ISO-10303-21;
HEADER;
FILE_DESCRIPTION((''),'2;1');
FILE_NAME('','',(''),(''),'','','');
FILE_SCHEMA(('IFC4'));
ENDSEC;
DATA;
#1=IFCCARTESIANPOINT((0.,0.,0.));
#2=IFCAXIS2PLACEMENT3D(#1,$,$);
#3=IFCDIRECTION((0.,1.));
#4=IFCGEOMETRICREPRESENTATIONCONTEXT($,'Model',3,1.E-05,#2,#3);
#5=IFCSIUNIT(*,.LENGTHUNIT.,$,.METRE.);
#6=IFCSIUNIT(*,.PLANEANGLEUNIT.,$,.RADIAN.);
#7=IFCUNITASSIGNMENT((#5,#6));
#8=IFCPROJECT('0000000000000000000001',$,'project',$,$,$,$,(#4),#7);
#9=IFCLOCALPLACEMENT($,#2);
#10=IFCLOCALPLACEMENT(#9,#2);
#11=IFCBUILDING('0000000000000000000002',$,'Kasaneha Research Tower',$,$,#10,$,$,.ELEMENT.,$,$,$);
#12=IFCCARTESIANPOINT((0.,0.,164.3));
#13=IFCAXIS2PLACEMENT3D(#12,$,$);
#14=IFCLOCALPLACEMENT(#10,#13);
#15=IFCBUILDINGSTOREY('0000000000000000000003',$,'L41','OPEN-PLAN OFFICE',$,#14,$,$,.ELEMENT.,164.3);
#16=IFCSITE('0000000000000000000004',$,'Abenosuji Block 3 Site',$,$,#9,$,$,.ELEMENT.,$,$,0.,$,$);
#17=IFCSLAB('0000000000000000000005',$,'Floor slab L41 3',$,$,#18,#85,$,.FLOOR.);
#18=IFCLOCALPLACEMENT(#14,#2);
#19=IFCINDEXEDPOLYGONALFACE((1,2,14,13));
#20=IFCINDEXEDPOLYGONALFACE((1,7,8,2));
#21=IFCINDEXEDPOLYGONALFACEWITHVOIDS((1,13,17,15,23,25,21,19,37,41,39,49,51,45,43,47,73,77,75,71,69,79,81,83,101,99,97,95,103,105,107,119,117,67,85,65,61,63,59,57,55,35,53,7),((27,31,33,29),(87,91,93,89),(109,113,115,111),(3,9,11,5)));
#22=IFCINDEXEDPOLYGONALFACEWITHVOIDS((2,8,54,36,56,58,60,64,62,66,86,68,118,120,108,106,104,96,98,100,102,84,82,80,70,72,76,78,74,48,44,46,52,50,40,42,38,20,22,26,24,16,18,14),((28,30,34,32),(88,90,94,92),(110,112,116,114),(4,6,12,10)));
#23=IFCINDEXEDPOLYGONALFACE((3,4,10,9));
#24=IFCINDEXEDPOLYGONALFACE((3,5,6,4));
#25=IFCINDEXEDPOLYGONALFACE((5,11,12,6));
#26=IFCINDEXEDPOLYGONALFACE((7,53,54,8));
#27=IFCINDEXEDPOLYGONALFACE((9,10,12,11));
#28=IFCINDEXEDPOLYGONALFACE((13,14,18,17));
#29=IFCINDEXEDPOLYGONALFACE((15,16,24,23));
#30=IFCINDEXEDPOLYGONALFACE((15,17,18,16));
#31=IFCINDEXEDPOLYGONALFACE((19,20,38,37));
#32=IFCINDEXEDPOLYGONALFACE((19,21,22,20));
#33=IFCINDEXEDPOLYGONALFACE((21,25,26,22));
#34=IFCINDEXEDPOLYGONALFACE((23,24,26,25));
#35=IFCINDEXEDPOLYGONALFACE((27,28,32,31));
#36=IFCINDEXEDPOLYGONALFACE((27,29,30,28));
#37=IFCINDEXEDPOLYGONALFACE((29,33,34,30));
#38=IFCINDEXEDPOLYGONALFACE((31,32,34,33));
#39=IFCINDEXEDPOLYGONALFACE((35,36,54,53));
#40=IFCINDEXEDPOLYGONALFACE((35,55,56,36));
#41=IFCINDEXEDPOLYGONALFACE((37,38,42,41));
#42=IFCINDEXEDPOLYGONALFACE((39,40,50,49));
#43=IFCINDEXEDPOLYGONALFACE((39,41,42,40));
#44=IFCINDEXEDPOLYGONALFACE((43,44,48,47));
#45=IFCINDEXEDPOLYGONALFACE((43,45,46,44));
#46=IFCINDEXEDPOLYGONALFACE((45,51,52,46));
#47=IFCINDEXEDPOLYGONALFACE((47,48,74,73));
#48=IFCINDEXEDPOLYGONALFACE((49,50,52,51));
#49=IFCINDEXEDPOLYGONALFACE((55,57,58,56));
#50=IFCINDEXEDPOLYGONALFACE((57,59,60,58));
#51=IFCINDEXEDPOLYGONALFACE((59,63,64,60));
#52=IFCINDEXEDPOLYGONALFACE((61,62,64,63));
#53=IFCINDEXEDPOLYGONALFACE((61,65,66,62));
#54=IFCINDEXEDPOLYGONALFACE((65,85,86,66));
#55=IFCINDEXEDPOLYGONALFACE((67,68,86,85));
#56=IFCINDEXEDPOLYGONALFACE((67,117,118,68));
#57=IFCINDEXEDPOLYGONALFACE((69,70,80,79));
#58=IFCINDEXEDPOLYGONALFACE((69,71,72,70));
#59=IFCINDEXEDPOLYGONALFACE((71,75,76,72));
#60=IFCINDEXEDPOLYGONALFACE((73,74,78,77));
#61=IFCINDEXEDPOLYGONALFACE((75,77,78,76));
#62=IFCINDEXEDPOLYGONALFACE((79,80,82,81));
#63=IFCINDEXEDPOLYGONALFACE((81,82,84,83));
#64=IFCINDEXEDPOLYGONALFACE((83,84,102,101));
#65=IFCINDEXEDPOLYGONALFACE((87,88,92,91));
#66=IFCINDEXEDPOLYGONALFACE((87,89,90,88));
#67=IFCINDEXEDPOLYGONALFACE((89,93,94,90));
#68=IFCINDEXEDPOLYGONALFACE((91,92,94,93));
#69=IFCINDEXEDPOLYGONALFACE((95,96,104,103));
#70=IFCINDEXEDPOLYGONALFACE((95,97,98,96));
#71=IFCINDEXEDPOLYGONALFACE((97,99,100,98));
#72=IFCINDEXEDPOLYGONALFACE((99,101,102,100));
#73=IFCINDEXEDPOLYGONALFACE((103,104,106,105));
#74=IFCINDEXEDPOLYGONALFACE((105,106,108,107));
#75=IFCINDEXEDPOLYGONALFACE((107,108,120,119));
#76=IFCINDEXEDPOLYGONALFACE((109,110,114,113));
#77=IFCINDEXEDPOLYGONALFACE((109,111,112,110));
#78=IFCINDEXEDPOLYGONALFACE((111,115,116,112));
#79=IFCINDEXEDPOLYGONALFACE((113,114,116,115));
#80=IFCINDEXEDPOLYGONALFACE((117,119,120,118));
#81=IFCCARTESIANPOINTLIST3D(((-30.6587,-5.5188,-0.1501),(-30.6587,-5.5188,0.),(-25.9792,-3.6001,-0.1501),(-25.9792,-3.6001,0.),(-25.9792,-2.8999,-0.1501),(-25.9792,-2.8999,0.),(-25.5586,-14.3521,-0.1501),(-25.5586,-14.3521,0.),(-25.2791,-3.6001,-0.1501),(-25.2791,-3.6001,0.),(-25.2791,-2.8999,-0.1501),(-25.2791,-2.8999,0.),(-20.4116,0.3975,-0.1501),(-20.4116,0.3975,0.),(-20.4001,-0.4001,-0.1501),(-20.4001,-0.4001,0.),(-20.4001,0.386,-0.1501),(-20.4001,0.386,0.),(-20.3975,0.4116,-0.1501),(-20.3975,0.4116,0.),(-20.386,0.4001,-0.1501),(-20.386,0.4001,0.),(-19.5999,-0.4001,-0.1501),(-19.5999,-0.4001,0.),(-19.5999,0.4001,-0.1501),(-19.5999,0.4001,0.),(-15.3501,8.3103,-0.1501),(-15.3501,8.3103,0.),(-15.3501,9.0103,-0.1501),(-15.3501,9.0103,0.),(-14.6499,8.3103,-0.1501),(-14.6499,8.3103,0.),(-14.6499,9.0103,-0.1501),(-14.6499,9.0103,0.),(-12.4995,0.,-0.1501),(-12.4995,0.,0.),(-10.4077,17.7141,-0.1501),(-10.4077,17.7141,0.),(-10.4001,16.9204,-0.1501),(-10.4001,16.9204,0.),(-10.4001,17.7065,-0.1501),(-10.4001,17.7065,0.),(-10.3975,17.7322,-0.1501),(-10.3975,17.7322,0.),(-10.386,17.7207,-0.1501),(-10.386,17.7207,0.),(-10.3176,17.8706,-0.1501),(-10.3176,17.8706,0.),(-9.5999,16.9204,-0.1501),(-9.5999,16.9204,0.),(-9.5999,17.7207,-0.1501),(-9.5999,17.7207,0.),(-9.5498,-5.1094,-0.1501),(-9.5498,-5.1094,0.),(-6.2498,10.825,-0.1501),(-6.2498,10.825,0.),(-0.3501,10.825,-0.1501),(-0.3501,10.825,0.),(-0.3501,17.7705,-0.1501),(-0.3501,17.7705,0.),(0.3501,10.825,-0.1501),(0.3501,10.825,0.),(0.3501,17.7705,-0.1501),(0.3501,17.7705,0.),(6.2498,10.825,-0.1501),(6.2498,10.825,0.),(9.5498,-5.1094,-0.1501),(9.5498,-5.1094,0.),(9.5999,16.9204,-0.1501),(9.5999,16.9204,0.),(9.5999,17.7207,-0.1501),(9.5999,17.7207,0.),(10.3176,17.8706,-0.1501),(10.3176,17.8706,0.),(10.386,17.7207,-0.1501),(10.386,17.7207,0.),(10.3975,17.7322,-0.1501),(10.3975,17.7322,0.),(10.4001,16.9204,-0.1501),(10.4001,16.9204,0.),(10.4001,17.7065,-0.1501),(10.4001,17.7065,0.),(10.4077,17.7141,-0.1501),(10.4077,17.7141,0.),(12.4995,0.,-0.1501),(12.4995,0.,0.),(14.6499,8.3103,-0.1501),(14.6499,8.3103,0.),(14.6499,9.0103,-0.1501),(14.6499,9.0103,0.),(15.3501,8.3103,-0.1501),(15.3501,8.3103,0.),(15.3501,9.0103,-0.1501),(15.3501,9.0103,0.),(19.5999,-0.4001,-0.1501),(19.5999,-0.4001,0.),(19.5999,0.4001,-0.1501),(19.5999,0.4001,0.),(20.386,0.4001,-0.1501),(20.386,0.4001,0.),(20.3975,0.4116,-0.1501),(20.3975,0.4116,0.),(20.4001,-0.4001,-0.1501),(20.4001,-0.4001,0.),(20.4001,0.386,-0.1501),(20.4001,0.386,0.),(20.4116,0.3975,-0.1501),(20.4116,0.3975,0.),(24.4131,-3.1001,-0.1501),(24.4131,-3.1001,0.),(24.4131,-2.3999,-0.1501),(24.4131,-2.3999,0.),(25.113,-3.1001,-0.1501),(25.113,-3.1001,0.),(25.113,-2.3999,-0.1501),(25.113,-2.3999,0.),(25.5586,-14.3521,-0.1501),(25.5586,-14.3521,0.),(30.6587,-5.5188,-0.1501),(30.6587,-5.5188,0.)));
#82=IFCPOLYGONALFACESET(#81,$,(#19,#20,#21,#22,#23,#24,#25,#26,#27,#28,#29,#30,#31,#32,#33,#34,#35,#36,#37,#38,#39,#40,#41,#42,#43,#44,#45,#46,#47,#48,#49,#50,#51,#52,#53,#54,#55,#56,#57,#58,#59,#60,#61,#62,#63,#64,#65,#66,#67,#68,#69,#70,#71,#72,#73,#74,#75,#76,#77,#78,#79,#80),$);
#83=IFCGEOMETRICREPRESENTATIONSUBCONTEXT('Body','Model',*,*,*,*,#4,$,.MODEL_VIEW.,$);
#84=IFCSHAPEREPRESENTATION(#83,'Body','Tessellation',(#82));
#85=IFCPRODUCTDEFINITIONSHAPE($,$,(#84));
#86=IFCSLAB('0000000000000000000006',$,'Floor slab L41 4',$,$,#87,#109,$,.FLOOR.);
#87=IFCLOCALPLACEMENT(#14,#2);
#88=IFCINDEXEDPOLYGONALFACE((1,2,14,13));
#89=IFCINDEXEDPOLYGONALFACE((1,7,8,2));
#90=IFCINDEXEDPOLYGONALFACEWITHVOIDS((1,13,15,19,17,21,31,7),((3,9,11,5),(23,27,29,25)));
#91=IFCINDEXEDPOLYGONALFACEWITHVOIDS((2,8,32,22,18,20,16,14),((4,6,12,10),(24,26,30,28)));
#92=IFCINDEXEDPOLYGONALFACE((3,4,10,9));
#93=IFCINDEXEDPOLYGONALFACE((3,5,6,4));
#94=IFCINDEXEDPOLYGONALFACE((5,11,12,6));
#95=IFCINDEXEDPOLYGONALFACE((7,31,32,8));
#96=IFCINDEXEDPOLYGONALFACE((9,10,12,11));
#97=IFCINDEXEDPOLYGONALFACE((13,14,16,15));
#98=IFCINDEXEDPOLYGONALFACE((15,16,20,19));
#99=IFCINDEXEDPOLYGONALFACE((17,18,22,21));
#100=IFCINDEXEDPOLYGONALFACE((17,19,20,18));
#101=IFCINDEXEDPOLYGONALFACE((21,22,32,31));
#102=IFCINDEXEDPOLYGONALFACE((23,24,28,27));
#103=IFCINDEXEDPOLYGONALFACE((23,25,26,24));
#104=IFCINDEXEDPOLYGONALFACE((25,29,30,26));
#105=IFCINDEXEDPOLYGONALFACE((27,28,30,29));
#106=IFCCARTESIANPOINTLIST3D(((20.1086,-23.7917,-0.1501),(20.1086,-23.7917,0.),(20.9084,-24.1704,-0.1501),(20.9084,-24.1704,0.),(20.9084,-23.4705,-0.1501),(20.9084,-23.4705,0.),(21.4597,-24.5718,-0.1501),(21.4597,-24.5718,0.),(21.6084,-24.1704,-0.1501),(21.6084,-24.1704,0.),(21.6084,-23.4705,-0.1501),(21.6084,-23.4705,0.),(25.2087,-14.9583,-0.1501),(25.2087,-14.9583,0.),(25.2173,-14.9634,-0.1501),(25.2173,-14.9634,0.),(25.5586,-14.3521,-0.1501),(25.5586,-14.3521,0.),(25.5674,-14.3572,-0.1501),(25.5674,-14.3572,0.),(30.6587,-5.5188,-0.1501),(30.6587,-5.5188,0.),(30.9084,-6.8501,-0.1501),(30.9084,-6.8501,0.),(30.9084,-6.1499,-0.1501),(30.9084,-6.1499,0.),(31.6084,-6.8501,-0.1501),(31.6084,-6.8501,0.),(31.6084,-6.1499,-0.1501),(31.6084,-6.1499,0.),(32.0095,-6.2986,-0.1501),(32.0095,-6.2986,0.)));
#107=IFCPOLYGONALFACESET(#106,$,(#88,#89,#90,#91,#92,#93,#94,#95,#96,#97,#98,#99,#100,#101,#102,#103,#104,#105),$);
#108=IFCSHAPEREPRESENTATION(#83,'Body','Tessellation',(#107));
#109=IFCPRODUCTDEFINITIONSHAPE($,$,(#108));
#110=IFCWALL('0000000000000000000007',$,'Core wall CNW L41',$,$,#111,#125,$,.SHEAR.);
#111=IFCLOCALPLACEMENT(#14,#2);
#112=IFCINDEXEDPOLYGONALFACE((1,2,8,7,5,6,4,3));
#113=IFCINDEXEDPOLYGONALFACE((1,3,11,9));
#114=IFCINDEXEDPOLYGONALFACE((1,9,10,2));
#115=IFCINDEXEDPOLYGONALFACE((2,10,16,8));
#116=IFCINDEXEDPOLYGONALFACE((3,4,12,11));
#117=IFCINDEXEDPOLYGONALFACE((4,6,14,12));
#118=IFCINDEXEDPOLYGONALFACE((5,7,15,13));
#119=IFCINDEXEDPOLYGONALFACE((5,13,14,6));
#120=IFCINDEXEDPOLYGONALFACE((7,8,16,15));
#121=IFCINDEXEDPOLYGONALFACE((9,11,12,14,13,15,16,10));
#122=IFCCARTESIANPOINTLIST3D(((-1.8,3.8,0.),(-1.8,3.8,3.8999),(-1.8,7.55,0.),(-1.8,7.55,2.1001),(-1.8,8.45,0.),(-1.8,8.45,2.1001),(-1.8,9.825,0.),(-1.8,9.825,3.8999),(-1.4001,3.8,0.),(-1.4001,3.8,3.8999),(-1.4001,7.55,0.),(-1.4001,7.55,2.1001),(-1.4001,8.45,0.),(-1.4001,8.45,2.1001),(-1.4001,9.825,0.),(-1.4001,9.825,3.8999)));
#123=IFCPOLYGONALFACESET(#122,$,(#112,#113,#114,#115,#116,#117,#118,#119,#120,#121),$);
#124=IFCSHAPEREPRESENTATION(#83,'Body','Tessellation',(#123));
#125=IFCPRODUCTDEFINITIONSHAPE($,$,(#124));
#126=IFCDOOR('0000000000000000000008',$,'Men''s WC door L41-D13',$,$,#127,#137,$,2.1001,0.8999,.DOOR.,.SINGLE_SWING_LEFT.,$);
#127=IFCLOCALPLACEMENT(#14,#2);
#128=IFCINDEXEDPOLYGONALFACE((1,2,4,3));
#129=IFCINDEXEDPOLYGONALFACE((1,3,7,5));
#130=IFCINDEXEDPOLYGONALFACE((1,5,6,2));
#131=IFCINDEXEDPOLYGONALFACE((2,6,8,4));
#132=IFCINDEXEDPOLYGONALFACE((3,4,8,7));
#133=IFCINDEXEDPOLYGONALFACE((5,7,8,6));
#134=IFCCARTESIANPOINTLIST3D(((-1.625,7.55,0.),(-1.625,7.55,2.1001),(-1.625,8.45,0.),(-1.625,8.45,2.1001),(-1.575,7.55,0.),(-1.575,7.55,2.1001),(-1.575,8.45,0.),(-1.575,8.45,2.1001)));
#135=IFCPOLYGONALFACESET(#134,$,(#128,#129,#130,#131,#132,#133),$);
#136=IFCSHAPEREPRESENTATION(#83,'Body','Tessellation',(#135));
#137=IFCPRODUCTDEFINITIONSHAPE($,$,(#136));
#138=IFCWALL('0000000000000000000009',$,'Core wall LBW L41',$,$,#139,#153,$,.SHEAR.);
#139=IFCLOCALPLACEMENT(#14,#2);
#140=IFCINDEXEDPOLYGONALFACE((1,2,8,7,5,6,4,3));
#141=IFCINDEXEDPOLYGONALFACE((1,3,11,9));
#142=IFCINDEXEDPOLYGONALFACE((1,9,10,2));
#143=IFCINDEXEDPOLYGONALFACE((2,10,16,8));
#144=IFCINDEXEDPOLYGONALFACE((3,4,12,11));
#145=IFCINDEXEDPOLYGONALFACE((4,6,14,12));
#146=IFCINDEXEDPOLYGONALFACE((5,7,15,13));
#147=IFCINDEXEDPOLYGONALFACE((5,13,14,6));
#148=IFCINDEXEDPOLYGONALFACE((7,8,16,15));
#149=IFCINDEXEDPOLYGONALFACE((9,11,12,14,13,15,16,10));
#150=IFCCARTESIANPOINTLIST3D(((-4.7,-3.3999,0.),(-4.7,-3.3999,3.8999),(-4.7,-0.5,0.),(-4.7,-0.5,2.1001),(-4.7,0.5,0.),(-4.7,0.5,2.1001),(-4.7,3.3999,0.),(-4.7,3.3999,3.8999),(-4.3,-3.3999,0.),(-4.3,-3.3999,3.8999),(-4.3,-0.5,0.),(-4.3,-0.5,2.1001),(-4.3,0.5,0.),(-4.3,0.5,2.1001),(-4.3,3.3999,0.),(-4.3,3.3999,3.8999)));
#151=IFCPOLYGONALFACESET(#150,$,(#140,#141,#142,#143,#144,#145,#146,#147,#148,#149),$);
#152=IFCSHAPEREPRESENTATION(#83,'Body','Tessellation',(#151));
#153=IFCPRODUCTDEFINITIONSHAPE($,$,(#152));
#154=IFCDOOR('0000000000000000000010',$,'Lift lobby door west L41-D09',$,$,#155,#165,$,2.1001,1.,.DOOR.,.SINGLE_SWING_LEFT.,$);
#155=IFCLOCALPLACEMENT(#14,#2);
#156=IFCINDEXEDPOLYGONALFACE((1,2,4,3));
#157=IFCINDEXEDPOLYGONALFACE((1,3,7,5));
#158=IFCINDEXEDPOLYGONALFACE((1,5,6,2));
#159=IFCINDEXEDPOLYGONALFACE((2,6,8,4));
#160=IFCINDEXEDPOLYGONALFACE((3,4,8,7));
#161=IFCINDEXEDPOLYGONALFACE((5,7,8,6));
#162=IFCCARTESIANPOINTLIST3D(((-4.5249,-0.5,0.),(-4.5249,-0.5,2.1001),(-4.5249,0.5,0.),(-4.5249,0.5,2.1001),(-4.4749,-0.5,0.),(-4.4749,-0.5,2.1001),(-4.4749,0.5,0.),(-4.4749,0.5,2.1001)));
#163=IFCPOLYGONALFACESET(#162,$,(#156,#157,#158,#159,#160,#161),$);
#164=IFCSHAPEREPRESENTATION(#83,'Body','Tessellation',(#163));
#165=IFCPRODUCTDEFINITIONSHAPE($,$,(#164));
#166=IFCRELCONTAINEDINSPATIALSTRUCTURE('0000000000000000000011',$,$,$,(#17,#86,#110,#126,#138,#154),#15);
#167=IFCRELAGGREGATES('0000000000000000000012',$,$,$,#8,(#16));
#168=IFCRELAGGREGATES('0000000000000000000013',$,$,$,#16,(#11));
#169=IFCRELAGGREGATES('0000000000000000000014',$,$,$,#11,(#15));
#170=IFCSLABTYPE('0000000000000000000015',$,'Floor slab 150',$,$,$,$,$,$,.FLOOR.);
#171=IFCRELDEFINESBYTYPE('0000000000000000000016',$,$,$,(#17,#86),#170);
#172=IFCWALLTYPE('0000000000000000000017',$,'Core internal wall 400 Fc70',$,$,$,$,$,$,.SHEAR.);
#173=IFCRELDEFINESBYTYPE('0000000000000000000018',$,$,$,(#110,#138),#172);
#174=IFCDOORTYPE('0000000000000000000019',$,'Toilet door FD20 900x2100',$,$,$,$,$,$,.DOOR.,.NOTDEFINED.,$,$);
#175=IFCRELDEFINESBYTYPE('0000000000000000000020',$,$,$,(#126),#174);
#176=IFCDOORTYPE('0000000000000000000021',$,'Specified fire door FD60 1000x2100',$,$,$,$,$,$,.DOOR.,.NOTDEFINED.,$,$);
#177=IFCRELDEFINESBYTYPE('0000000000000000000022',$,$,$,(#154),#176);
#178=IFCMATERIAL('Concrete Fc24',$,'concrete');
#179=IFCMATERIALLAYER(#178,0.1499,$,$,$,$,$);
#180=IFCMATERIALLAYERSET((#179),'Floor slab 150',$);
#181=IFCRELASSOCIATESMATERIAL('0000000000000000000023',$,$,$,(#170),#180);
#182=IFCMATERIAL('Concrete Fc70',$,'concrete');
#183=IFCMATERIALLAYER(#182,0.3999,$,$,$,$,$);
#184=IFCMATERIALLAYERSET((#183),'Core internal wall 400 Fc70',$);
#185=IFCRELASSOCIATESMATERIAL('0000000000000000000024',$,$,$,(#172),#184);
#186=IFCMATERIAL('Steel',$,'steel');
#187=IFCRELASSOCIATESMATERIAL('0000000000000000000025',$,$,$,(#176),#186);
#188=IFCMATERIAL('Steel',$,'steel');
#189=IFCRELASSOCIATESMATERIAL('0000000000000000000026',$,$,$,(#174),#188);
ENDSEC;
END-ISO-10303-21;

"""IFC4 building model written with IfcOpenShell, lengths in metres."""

from ifc_helpers import new_model, si_unit, direction, frame, frame_2d, origin, place, context, subcontext, project, spatial, polyline, rectangle, outline, extrude, material, layer, layer_set, type_object, element, fill, save


model = new_model("IFC4")

# Units and contexts
model_context = context("Model", 3, precision=1e-05, world=origin(), true_north=direction((0.0, 1.0)))
body_context = subcontext(model_context, "Body", "Model", "MODEL_VIEW")
ifc_project = project(units=[si_unit("LENGTHUNIT", "METRE"), si_unit("PLANEANGLEUNIT", "RADIAN")], contexts=[model_context])

# Site, building, storey
site_placement = place(None, origin())
site = spatial("IfcSite", under=ifc_project, at=site_placement, Name="Abenosuji Block 3 Site", CompositionType="ELEMENT", RefElevation=0.0)
building_placement = place(site_placement, origin())
building = spatial("IfcBuilding", under=site, at=building_placement, Name="Kasaneha Research Tower", CompositionType="ELEMENT")
storey_placement = place(building_placement, frame((0.0, 0.0, 164.3)))
storey = spatial("IfcBuildingStorey", under=building, at=storey_placement, Name="L41", Description="OPEN-PLAN OFFICE", CompositionType="ELEMENT", Elevation=164.3)

# Slabs
ifc_material_1 = material(Name="Concrete Fc24", Category="concrete")
ifc_layer_1 = layer(ifc_material_1, 0.1499)
ifc_layer_set_1 = layer_set([ifc_layer_1], Name="Floor slab 150")
slab_type = type_object("IfcSlabType", Name="Floor slab 150", PredefinedType="FLOOR", material=ifc_layer_set_1)
slab_1_placement = place(storey_placement, frame((0.0, 0.0, -0.1501)))
element("IfcSlab", 1, at=slab_1_placement, inside=storey, type_object=slab_type, Name="Floor slab L41 3", PredefinedType="FLOOR", context=body_context, shape_type="SweptSolid", body=[
    extrude(outline(polyline([(-20.4001, -0.4001), (-19.5999, -0.4001), (-19.5999, 0.4001), (-20.386, 0.4001), (-20.3975, 0.4116), (-10.4077, 17.7141), (-10.4001, 17.7065), (-10.4001, 16.9204), (-9.5999, 16.9204), (-9.5999, 17.7207), (-10.386, 17.7207), (-10.3975, 17.7322), (-10.3176, 17.8706), (10.3176, 17.8706), (10.3975, 17.7322), (10.386, 17.7207), (9.5999, 17.7207), (9.5999, 16.9204), (10.4001, 16.9204), (10.4001, 17.7065), (10.4077, 17.7141), (20.3975, 0.4116), (20.386, 0.4001), (19.5999, 0.4001), (19.5999, -0.4001), (20.4001, -0.4001), (20.4001, 0.386), (20.4116, 0.3975), (30.6587, -5.5188), (25.5586, -14.3521), (9.5498, -5.1094), (12.4995, 0.0), (6.2498, 10.825), (0.3501, 10.825), (0.3501, 17.7705), (-0.3501, 17.7705), (-0.3501, 10.825), (-6.2498, 10.825), (-12.4995, 0.0), (-9.5498, -5.1094), (-25.5586, -14.3521), (-30.6587, -5.5188), (-20.4116, 0.3975), (-20.4001, 0.386), (-20.4001, -0.4001)]), holes=[polyline([(-25.2791, -3.6001), (-25.2791, -2.8999), (-25.9792, -2.8999), (-25.9792, -3.6001), (-25.2791, -3.6001)]), polyline([(-15.3501, 8.3103), (-14.6499, 8.3103), (-14.6499, 9.0103), (-15.3501, 9.0103), (-15.3501, 8.3103)]), polyline([(24.4131, -3.1001), (25.113, -3.1001), (25.113, -2.3999), (24.4131, -2.3999), (24.4131, -3.1001)]), polyline([(14.6499, 8.3103), (15.3501, 8.3103), (15.3501, 9.0103), (14.6499, 9.0103), (14.6499, 8.3103)])]), origin(), (0.0, 0.0, 1.0), 0.1501),
])
slab_2_placement = place(storey_placement, frame((0.0, 0.0, -0.1501)))
element("IfcSlab", 2, at=slab_2_placement, inside=storey, type_object=slab_type, Name="Floor slab L41 4", PredefinedType="FLOOR", context=body_context, shape_type="SweptSolid", body=[
    extrude(outline(polyline([(32.0095, -6.2986), (21.4597, -24.5718), (20.1086, -23.7917), (25.2087, -14.9583), (25.2173, -14.9634), (25.5674, -14.3572), (25.5586, -14.3521), (30.6587, -5.5188), (32.0095, -6.2986)]), holes=[polyline([(21.6084, -24.1704), (21.6084, -23.4705), (20.9084, -23.4705), (20.9084, -24.1704), (21.6084, -24.1704)]), polyline([(31.6084, -6.8501), (31.6084, -6.1499), (30.9084, -6.1499), (30.9084, -6.8501), (31.6084, -6.8501)])]), origin(), (0.0, 0.0, 1.0), 0.1501),
])

# Shared definitions
ifc_material_2 = material(Name="Concrete Fc70", Category="concrete")
ifc_layer_2 = layer(ifc_material_2, 0.3999)
ifc_layer_set_2 = layer_set([ifc_layer_2], Name="Core internal wall 400 Fc70")
wall_type = type_object("IfcWallType", Name="Core internal wall 400 Fc70", PredefinedType="SHEAR", material=ifc_layer_set_2)
ifc_material_3 = material(Name="Steel", Category="steel")
door_type_1 = type_object("IfcDoorType", Name="Specified fire door FD60 1000x2100", OperationType="NOTDEFINED", PredefinedType="DOOR", material=ifc_material_3)

# Walls, openings, doors
wall_1_placement = place(storey_placement, frame((-1.6001, 3.8, 0.0), z_axis=(0.0, 0.0, 1.0), x_axis=(0.0, 1.0, 0.0)))
wall_1 = element("IfcWall", 3, at=wall_1_placement, inside=storey, type_object=wall_type, Name="Core wall CNW L41", PredefinedType="SHEAR", context=body_context, shape_type="SweptSolid", body=[
    extrude(rectangle(XDim=6.0249, YDim=0.3999, at=frame_2d((3.0125, 0.0))), origin(), (0.0, 0.0, 1.0), 3.8999),
])
opening_1_placement = place(wall_1_placement, frame((3.75, 0.0, 0.0)))
opening_1 = element("IfcOpeningElement", 4, at=opening_1_placement, cuts=wall_1, PredefinedType="OPENING", context=body_context, shape_type="SweptSolid", body=[
    extrude(rectangle(XDim=0.8999, YDim=2.1001, at=frame_2d((0.45, 1.05))), frame((0.0, 0.21, 0.0), z_axis=(0.0, -1.0, 0.0), x_axis=(1.0, 0.0, 0.0)), (0.0, 0.0, 1.0), 0.4199),
])
ifc_material_4 = material(Name="Steel", Category="steel")
door_type_2 = type_object("IfcDoorType", Name="Toilet door FD20 900x2100", OperationType="NOTDEFINED", PredefinedType="DOOR", material=ifc_material_4)
door_1_placement = place(opening_1_placement, origin())
door_1 = element("IfcDoor", 5, at=door_1_placement, inside=storey, type_object=door_type_2, Name="Men's WC door L41-D13", OperationType="SINGLE_SWING_LEFT", OverallHeight=2.1001, OverallWidth=0.8999, PredefinedType="DOOR", context=body_context, shape_type="SweptSolid", body=[
    extrude(rectangle(XDim=0.8999, YDim=2.1001, at=frame_2d((0.45, 1.05))), frame((0.0, 0.0249, 0.0), z_axis=(0.0, -1.0, 0.0), x_axis=(1.0, 0.0, 0.0)), (0.0, 0.0, 1.0), 0.05),
])
fill(opening_1, door_1)
wall_2_placement = place(storey_placement, frame((-4.5, -3.3999, 0.0), z_axis=(0.0, 0.0, 1.0), x_axis=(0.0, 1.0, 0.0)))
wall_2 = element("IfcWall", 6, at=wall_2_placement, inside=storey, type_object=wall_type, Name="Core wall LBW L41", PredefinedType="SHEAR", context=body_context, shape_type="SweptSolid", body=[
    extrude(rectangle(XDim=6.7998, YDim=0.3999, at=frame_2d((3.3999, 0.0))), origin(), (0.0, 0.0, 1.0), 3.8999),
])
opening_2_placement = place(wall_2_placement, frame((2.8999, 0.0, 0.0)))
opening_2 = element("IfcOpeningElement", 7, at=opening_2_placement, cuts=wall_2, PredefinedType="OPENING", context=body_context, shape_type="SweptSolid", body=[
    extrude(rectangle(XDim=1.0, YDim=2.1001, at=frame_2d((0.5, 1.05))), frame((0.0, 0.21, 0.0), z_axis=(0.0, -1.0, 0.0), x_axis=(1.0, 0.0, 0.0)), (0.0, 0.0, 1.0), 0.4199),
])
door_2_placement = place(opening_2_placement, origin())
door_2 = element("IfcDoor", 8, at=door_2_placement, inside=storey, type_object=door_type_1, Name="Lift lobby door west L41-D09", OperationType="SINGLE_SWING_LEFT", OverallHeight=2.1001, OverallWidth=1.0, PredefinedType="DOOR", context=body_context, shape_type="SweptSolid", body=[
    extrude(rectangle(XDim=1.0, YDim=2.1001, at=frame_2d((0.5, 1.05))), frame((0.0, 0.0249, 0.0), z_axis=(0.0, -1.0, 0.0), x_axis=(1.0, 0.0, 0.0)), (0.0, 0.0, 1.0), 0.05),
])
fill(opening_2, door_2)

save(model, "model.ifc")
